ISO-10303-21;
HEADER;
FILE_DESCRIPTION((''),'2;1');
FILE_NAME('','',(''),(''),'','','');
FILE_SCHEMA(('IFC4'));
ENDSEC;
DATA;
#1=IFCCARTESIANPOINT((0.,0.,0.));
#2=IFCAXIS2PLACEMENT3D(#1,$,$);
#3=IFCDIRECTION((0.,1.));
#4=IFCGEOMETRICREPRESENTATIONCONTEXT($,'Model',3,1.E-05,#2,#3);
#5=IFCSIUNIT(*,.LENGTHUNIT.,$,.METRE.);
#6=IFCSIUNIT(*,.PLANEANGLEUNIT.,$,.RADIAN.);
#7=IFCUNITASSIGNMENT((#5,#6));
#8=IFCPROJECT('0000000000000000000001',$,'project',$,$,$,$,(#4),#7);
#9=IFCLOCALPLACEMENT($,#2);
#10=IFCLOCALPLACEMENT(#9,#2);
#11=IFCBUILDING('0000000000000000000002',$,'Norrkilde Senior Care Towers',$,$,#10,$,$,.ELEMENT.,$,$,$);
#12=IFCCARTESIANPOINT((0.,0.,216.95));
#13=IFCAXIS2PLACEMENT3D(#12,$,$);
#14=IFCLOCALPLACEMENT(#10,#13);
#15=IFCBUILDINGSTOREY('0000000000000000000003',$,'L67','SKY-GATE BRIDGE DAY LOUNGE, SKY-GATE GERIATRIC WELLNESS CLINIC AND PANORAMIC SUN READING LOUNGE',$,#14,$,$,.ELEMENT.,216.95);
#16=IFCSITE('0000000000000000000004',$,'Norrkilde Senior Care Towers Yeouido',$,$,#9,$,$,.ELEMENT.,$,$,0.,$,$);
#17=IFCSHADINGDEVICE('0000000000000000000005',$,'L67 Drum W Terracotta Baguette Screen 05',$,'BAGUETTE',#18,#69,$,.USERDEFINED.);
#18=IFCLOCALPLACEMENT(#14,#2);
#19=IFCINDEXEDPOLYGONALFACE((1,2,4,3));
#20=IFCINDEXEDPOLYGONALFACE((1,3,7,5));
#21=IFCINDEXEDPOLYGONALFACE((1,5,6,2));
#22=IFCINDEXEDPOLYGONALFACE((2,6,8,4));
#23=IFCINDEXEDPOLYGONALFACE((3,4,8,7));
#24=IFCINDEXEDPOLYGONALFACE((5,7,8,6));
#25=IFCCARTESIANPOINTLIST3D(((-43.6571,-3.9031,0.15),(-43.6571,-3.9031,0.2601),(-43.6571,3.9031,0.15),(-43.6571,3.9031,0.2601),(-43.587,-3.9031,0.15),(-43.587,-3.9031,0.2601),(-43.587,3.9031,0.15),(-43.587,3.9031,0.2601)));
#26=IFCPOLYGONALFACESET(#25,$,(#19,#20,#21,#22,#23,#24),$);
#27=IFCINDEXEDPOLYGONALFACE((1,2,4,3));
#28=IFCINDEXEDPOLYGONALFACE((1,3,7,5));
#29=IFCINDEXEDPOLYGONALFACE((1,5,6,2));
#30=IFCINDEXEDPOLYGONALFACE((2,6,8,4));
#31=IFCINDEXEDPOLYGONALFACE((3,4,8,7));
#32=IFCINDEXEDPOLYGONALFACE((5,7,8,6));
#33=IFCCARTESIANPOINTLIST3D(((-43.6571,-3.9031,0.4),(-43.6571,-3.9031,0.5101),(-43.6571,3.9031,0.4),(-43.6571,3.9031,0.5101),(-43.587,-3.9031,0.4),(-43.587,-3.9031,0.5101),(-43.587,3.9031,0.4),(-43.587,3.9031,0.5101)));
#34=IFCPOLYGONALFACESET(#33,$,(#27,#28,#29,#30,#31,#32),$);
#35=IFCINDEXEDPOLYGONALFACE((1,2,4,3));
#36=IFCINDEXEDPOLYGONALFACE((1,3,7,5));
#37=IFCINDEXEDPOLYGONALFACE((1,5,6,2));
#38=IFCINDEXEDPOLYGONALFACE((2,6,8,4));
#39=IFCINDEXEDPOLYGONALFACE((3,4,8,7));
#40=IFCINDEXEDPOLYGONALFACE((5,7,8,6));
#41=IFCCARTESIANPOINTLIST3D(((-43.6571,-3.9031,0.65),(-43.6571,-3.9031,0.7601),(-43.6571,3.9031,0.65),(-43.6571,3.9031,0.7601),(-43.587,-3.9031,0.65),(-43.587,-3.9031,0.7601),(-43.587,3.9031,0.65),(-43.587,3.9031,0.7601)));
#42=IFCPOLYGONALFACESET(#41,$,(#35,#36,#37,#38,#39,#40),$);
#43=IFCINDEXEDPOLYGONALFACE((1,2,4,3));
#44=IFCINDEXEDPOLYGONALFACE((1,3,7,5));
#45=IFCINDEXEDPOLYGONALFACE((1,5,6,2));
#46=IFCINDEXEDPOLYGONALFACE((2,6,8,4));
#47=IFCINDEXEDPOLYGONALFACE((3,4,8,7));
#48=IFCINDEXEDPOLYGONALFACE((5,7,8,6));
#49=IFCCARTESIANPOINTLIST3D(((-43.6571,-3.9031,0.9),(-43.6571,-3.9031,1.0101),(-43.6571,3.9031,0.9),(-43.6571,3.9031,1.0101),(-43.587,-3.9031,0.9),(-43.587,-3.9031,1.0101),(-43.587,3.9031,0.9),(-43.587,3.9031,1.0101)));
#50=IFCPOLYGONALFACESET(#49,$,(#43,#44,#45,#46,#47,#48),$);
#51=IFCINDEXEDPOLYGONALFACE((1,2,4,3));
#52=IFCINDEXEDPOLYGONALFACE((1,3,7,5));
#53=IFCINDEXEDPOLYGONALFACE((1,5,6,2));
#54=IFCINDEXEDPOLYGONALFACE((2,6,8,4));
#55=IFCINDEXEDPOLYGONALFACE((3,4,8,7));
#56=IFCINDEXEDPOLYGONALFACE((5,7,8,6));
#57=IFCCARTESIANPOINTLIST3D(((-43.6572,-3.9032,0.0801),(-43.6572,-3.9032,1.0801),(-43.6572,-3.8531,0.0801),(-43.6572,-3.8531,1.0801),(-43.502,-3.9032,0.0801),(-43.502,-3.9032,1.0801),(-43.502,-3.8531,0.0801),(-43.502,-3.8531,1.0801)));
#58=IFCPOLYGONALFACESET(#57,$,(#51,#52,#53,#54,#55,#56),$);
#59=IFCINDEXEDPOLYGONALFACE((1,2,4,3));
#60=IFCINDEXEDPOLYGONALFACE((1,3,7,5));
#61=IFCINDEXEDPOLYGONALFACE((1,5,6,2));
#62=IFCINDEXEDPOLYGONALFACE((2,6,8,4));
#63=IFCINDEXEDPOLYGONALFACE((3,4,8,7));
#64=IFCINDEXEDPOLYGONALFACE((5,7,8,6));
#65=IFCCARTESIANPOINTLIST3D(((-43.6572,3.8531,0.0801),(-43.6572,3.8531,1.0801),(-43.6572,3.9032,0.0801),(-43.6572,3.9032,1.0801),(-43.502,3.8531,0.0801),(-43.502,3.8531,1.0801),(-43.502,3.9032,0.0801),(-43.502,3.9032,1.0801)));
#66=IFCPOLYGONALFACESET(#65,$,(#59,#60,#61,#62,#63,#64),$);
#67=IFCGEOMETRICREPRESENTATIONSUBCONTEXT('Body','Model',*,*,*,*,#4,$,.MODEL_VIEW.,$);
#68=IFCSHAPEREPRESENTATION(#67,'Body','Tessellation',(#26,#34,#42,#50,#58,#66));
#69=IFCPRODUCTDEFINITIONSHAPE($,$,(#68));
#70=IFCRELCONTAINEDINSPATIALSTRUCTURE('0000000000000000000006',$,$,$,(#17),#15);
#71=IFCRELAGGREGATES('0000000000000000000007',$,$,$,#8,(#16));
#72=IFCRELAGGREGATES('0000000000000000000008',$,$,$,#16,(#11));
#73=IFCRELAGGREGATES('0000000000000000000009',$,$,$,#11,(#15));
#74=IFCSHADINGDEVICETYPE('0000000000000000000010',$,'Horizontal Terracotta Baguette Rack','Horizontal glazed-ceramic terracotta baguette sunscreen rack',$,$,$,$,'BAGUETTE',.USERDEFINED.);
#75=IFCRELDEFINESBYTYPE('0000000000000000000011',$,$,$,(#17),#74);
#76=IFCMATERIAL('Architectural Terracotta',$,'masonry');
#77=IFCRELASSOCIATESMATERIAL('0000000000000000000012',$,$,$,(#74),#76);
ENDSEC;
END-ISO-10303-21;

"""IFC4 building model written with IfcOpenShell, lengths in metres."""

from ifc_helpers import new_model, si_unit, direction, frame, origin, origin_2d, place, context, subcontext, project, spatial, rectangle, extrude, source, transform, mapped, material, type_object, type_shapes, element, save


model = new_model("IFC4")

# Units and contexts
model_context = context("Model", 3, precision=1e-05, world=origin(), true_north=direction((0.0, 1.0)))
body_context = subcontext(model_context, "Body", "Model", "MODEL_VIEW")
ifc_project = project(units=[si_unit("LENGTHUNIT", "METRE"), si_unit("PLANEANGLEUNIT", "RADIAN")], contexts=[model_context])

# Site, building, storey
site_placement = place(None, origin())
site = spatial("IfcSite", under=ifc_project, at=site_placement, Name="Norrkilde Senior Care Towers Yeouido", CompositionType="ELEMENT", RefElevation=0.0)
building_placement = place(site_placement, origin())
building = spatial("IfcBuilding", under=site, at=building_placement, Name="Norrkilde Senior Care Towers", CompositionType="ELEMENT")
storey_placement = place(building_placement, frame((0.0, 0.0, 216.95)))
storey = spatial("IfcBuildingStorey", under=building, at=storey_placement, Name="L67", Description="SKY-GATE BRIDGE DAY LOUNGE, SKY-GATE GERIATRIC WELLNESS CLINIC AND PANORAMIC SUN READING LOUNGE", CompositionType="ELEMENT", Elevation=216.95)

# Shading device
ifc_material_1 = material(Name="Architectural Terracotta", Category="masonry")
shading_device_type = type_object("IfcShadingDeviceType", Name="Horizontal Terracotta Baguette Rack", Description="Horizontal glazed-ceramic terracotta baguette sunscreen rack", ElementType="BAGUETTE", PredefinedType="USERDEFINED", material=ifc_material_1)
shared_shape_1 = source(origin(), body_context, "Body", "SweptSolid", [
    extrude(rectangle(XDim=0.0701, YDim=0.1101, at=origin_2d()), frame((0.0, 0.0901, 0.125), z_axis=(1.0, 0.0, 0.0), x_axis=(0.0, 1.0, 0.0)), (0.0, 0.0, 1.0), 7.8062),
    extrude(rectangle(XDim=0.0701, YDim=0.1101, at=origin_2d()), frame((0.0, 0.0901, 0.375), z_axis=(1.0, 0.0, 0.0), x_axis=(0.0, 1.0, 0.0)), (0.0, 0.0, 1.0), 7.8062),
    extrude(rectangle(XDim=0.0701, YDim=0.1101, at=origin_2d()), frame((0.0, 0.0901, 0.625), z_axis=(1.0, 0.0, 0.0), x_axis=(0.0, 1.0, 0.0)), (0.0, 0.0, 1.0), 7.8062),
    extrude(rectangle(XDim=0.0701, YDim=0.1101, at=origin_2d()), frame((0.0, 0.0901, 0.875), z_axis=(1.0, 0.0, 0.0), x_axis=(0.0, 1.0, 0.0)), (0.0, 0.0, 1.0), 7.8062),
    extrude(rectangle(XDim=0.05, YDim=0.1553, at=origin_2d()), frame((0.0249, 0.0476, 0.0)), (0.0, 0.0, 1.0), 1.0),
    extrude(rectangle(XDim=0.05, YDim=0.1553, at=origin_2d()), frame((7.7812, 0.0476, 0.0)), (0.0, 0.0, 1.0), 1.0),
])
type_shapes(shading_device_type, [shared_shape_1])
shading_device_placement = place(storey_placement, frame((-43.532, -3.9031, 0.0801), z_axis=(0.0, 0.0, 1.0), x_axis=(0.0, 1.0, 0.0)))
element("IfcShadingDevice", 1, at=shading_device_placement, inside=storey, type_object=shading_device_type, Name="L67 Drum W Terracotta Baguette Screen 05", ObjectType="BAGUETTE", PredefinedType="USERDEFINED", context=body_context, shape_type="MappedRepresentation", body=[
    mapped(shared_shape_1, transform((0.0, 0.0, 0.0), x_axis=(1.0, 0.0, 0.0), y_axis=(0.0, 1.0, 0.0), z_axis=(0.0, 0.0, 1.0), scale=1.0)),
])

save(model, "model.ifc")
